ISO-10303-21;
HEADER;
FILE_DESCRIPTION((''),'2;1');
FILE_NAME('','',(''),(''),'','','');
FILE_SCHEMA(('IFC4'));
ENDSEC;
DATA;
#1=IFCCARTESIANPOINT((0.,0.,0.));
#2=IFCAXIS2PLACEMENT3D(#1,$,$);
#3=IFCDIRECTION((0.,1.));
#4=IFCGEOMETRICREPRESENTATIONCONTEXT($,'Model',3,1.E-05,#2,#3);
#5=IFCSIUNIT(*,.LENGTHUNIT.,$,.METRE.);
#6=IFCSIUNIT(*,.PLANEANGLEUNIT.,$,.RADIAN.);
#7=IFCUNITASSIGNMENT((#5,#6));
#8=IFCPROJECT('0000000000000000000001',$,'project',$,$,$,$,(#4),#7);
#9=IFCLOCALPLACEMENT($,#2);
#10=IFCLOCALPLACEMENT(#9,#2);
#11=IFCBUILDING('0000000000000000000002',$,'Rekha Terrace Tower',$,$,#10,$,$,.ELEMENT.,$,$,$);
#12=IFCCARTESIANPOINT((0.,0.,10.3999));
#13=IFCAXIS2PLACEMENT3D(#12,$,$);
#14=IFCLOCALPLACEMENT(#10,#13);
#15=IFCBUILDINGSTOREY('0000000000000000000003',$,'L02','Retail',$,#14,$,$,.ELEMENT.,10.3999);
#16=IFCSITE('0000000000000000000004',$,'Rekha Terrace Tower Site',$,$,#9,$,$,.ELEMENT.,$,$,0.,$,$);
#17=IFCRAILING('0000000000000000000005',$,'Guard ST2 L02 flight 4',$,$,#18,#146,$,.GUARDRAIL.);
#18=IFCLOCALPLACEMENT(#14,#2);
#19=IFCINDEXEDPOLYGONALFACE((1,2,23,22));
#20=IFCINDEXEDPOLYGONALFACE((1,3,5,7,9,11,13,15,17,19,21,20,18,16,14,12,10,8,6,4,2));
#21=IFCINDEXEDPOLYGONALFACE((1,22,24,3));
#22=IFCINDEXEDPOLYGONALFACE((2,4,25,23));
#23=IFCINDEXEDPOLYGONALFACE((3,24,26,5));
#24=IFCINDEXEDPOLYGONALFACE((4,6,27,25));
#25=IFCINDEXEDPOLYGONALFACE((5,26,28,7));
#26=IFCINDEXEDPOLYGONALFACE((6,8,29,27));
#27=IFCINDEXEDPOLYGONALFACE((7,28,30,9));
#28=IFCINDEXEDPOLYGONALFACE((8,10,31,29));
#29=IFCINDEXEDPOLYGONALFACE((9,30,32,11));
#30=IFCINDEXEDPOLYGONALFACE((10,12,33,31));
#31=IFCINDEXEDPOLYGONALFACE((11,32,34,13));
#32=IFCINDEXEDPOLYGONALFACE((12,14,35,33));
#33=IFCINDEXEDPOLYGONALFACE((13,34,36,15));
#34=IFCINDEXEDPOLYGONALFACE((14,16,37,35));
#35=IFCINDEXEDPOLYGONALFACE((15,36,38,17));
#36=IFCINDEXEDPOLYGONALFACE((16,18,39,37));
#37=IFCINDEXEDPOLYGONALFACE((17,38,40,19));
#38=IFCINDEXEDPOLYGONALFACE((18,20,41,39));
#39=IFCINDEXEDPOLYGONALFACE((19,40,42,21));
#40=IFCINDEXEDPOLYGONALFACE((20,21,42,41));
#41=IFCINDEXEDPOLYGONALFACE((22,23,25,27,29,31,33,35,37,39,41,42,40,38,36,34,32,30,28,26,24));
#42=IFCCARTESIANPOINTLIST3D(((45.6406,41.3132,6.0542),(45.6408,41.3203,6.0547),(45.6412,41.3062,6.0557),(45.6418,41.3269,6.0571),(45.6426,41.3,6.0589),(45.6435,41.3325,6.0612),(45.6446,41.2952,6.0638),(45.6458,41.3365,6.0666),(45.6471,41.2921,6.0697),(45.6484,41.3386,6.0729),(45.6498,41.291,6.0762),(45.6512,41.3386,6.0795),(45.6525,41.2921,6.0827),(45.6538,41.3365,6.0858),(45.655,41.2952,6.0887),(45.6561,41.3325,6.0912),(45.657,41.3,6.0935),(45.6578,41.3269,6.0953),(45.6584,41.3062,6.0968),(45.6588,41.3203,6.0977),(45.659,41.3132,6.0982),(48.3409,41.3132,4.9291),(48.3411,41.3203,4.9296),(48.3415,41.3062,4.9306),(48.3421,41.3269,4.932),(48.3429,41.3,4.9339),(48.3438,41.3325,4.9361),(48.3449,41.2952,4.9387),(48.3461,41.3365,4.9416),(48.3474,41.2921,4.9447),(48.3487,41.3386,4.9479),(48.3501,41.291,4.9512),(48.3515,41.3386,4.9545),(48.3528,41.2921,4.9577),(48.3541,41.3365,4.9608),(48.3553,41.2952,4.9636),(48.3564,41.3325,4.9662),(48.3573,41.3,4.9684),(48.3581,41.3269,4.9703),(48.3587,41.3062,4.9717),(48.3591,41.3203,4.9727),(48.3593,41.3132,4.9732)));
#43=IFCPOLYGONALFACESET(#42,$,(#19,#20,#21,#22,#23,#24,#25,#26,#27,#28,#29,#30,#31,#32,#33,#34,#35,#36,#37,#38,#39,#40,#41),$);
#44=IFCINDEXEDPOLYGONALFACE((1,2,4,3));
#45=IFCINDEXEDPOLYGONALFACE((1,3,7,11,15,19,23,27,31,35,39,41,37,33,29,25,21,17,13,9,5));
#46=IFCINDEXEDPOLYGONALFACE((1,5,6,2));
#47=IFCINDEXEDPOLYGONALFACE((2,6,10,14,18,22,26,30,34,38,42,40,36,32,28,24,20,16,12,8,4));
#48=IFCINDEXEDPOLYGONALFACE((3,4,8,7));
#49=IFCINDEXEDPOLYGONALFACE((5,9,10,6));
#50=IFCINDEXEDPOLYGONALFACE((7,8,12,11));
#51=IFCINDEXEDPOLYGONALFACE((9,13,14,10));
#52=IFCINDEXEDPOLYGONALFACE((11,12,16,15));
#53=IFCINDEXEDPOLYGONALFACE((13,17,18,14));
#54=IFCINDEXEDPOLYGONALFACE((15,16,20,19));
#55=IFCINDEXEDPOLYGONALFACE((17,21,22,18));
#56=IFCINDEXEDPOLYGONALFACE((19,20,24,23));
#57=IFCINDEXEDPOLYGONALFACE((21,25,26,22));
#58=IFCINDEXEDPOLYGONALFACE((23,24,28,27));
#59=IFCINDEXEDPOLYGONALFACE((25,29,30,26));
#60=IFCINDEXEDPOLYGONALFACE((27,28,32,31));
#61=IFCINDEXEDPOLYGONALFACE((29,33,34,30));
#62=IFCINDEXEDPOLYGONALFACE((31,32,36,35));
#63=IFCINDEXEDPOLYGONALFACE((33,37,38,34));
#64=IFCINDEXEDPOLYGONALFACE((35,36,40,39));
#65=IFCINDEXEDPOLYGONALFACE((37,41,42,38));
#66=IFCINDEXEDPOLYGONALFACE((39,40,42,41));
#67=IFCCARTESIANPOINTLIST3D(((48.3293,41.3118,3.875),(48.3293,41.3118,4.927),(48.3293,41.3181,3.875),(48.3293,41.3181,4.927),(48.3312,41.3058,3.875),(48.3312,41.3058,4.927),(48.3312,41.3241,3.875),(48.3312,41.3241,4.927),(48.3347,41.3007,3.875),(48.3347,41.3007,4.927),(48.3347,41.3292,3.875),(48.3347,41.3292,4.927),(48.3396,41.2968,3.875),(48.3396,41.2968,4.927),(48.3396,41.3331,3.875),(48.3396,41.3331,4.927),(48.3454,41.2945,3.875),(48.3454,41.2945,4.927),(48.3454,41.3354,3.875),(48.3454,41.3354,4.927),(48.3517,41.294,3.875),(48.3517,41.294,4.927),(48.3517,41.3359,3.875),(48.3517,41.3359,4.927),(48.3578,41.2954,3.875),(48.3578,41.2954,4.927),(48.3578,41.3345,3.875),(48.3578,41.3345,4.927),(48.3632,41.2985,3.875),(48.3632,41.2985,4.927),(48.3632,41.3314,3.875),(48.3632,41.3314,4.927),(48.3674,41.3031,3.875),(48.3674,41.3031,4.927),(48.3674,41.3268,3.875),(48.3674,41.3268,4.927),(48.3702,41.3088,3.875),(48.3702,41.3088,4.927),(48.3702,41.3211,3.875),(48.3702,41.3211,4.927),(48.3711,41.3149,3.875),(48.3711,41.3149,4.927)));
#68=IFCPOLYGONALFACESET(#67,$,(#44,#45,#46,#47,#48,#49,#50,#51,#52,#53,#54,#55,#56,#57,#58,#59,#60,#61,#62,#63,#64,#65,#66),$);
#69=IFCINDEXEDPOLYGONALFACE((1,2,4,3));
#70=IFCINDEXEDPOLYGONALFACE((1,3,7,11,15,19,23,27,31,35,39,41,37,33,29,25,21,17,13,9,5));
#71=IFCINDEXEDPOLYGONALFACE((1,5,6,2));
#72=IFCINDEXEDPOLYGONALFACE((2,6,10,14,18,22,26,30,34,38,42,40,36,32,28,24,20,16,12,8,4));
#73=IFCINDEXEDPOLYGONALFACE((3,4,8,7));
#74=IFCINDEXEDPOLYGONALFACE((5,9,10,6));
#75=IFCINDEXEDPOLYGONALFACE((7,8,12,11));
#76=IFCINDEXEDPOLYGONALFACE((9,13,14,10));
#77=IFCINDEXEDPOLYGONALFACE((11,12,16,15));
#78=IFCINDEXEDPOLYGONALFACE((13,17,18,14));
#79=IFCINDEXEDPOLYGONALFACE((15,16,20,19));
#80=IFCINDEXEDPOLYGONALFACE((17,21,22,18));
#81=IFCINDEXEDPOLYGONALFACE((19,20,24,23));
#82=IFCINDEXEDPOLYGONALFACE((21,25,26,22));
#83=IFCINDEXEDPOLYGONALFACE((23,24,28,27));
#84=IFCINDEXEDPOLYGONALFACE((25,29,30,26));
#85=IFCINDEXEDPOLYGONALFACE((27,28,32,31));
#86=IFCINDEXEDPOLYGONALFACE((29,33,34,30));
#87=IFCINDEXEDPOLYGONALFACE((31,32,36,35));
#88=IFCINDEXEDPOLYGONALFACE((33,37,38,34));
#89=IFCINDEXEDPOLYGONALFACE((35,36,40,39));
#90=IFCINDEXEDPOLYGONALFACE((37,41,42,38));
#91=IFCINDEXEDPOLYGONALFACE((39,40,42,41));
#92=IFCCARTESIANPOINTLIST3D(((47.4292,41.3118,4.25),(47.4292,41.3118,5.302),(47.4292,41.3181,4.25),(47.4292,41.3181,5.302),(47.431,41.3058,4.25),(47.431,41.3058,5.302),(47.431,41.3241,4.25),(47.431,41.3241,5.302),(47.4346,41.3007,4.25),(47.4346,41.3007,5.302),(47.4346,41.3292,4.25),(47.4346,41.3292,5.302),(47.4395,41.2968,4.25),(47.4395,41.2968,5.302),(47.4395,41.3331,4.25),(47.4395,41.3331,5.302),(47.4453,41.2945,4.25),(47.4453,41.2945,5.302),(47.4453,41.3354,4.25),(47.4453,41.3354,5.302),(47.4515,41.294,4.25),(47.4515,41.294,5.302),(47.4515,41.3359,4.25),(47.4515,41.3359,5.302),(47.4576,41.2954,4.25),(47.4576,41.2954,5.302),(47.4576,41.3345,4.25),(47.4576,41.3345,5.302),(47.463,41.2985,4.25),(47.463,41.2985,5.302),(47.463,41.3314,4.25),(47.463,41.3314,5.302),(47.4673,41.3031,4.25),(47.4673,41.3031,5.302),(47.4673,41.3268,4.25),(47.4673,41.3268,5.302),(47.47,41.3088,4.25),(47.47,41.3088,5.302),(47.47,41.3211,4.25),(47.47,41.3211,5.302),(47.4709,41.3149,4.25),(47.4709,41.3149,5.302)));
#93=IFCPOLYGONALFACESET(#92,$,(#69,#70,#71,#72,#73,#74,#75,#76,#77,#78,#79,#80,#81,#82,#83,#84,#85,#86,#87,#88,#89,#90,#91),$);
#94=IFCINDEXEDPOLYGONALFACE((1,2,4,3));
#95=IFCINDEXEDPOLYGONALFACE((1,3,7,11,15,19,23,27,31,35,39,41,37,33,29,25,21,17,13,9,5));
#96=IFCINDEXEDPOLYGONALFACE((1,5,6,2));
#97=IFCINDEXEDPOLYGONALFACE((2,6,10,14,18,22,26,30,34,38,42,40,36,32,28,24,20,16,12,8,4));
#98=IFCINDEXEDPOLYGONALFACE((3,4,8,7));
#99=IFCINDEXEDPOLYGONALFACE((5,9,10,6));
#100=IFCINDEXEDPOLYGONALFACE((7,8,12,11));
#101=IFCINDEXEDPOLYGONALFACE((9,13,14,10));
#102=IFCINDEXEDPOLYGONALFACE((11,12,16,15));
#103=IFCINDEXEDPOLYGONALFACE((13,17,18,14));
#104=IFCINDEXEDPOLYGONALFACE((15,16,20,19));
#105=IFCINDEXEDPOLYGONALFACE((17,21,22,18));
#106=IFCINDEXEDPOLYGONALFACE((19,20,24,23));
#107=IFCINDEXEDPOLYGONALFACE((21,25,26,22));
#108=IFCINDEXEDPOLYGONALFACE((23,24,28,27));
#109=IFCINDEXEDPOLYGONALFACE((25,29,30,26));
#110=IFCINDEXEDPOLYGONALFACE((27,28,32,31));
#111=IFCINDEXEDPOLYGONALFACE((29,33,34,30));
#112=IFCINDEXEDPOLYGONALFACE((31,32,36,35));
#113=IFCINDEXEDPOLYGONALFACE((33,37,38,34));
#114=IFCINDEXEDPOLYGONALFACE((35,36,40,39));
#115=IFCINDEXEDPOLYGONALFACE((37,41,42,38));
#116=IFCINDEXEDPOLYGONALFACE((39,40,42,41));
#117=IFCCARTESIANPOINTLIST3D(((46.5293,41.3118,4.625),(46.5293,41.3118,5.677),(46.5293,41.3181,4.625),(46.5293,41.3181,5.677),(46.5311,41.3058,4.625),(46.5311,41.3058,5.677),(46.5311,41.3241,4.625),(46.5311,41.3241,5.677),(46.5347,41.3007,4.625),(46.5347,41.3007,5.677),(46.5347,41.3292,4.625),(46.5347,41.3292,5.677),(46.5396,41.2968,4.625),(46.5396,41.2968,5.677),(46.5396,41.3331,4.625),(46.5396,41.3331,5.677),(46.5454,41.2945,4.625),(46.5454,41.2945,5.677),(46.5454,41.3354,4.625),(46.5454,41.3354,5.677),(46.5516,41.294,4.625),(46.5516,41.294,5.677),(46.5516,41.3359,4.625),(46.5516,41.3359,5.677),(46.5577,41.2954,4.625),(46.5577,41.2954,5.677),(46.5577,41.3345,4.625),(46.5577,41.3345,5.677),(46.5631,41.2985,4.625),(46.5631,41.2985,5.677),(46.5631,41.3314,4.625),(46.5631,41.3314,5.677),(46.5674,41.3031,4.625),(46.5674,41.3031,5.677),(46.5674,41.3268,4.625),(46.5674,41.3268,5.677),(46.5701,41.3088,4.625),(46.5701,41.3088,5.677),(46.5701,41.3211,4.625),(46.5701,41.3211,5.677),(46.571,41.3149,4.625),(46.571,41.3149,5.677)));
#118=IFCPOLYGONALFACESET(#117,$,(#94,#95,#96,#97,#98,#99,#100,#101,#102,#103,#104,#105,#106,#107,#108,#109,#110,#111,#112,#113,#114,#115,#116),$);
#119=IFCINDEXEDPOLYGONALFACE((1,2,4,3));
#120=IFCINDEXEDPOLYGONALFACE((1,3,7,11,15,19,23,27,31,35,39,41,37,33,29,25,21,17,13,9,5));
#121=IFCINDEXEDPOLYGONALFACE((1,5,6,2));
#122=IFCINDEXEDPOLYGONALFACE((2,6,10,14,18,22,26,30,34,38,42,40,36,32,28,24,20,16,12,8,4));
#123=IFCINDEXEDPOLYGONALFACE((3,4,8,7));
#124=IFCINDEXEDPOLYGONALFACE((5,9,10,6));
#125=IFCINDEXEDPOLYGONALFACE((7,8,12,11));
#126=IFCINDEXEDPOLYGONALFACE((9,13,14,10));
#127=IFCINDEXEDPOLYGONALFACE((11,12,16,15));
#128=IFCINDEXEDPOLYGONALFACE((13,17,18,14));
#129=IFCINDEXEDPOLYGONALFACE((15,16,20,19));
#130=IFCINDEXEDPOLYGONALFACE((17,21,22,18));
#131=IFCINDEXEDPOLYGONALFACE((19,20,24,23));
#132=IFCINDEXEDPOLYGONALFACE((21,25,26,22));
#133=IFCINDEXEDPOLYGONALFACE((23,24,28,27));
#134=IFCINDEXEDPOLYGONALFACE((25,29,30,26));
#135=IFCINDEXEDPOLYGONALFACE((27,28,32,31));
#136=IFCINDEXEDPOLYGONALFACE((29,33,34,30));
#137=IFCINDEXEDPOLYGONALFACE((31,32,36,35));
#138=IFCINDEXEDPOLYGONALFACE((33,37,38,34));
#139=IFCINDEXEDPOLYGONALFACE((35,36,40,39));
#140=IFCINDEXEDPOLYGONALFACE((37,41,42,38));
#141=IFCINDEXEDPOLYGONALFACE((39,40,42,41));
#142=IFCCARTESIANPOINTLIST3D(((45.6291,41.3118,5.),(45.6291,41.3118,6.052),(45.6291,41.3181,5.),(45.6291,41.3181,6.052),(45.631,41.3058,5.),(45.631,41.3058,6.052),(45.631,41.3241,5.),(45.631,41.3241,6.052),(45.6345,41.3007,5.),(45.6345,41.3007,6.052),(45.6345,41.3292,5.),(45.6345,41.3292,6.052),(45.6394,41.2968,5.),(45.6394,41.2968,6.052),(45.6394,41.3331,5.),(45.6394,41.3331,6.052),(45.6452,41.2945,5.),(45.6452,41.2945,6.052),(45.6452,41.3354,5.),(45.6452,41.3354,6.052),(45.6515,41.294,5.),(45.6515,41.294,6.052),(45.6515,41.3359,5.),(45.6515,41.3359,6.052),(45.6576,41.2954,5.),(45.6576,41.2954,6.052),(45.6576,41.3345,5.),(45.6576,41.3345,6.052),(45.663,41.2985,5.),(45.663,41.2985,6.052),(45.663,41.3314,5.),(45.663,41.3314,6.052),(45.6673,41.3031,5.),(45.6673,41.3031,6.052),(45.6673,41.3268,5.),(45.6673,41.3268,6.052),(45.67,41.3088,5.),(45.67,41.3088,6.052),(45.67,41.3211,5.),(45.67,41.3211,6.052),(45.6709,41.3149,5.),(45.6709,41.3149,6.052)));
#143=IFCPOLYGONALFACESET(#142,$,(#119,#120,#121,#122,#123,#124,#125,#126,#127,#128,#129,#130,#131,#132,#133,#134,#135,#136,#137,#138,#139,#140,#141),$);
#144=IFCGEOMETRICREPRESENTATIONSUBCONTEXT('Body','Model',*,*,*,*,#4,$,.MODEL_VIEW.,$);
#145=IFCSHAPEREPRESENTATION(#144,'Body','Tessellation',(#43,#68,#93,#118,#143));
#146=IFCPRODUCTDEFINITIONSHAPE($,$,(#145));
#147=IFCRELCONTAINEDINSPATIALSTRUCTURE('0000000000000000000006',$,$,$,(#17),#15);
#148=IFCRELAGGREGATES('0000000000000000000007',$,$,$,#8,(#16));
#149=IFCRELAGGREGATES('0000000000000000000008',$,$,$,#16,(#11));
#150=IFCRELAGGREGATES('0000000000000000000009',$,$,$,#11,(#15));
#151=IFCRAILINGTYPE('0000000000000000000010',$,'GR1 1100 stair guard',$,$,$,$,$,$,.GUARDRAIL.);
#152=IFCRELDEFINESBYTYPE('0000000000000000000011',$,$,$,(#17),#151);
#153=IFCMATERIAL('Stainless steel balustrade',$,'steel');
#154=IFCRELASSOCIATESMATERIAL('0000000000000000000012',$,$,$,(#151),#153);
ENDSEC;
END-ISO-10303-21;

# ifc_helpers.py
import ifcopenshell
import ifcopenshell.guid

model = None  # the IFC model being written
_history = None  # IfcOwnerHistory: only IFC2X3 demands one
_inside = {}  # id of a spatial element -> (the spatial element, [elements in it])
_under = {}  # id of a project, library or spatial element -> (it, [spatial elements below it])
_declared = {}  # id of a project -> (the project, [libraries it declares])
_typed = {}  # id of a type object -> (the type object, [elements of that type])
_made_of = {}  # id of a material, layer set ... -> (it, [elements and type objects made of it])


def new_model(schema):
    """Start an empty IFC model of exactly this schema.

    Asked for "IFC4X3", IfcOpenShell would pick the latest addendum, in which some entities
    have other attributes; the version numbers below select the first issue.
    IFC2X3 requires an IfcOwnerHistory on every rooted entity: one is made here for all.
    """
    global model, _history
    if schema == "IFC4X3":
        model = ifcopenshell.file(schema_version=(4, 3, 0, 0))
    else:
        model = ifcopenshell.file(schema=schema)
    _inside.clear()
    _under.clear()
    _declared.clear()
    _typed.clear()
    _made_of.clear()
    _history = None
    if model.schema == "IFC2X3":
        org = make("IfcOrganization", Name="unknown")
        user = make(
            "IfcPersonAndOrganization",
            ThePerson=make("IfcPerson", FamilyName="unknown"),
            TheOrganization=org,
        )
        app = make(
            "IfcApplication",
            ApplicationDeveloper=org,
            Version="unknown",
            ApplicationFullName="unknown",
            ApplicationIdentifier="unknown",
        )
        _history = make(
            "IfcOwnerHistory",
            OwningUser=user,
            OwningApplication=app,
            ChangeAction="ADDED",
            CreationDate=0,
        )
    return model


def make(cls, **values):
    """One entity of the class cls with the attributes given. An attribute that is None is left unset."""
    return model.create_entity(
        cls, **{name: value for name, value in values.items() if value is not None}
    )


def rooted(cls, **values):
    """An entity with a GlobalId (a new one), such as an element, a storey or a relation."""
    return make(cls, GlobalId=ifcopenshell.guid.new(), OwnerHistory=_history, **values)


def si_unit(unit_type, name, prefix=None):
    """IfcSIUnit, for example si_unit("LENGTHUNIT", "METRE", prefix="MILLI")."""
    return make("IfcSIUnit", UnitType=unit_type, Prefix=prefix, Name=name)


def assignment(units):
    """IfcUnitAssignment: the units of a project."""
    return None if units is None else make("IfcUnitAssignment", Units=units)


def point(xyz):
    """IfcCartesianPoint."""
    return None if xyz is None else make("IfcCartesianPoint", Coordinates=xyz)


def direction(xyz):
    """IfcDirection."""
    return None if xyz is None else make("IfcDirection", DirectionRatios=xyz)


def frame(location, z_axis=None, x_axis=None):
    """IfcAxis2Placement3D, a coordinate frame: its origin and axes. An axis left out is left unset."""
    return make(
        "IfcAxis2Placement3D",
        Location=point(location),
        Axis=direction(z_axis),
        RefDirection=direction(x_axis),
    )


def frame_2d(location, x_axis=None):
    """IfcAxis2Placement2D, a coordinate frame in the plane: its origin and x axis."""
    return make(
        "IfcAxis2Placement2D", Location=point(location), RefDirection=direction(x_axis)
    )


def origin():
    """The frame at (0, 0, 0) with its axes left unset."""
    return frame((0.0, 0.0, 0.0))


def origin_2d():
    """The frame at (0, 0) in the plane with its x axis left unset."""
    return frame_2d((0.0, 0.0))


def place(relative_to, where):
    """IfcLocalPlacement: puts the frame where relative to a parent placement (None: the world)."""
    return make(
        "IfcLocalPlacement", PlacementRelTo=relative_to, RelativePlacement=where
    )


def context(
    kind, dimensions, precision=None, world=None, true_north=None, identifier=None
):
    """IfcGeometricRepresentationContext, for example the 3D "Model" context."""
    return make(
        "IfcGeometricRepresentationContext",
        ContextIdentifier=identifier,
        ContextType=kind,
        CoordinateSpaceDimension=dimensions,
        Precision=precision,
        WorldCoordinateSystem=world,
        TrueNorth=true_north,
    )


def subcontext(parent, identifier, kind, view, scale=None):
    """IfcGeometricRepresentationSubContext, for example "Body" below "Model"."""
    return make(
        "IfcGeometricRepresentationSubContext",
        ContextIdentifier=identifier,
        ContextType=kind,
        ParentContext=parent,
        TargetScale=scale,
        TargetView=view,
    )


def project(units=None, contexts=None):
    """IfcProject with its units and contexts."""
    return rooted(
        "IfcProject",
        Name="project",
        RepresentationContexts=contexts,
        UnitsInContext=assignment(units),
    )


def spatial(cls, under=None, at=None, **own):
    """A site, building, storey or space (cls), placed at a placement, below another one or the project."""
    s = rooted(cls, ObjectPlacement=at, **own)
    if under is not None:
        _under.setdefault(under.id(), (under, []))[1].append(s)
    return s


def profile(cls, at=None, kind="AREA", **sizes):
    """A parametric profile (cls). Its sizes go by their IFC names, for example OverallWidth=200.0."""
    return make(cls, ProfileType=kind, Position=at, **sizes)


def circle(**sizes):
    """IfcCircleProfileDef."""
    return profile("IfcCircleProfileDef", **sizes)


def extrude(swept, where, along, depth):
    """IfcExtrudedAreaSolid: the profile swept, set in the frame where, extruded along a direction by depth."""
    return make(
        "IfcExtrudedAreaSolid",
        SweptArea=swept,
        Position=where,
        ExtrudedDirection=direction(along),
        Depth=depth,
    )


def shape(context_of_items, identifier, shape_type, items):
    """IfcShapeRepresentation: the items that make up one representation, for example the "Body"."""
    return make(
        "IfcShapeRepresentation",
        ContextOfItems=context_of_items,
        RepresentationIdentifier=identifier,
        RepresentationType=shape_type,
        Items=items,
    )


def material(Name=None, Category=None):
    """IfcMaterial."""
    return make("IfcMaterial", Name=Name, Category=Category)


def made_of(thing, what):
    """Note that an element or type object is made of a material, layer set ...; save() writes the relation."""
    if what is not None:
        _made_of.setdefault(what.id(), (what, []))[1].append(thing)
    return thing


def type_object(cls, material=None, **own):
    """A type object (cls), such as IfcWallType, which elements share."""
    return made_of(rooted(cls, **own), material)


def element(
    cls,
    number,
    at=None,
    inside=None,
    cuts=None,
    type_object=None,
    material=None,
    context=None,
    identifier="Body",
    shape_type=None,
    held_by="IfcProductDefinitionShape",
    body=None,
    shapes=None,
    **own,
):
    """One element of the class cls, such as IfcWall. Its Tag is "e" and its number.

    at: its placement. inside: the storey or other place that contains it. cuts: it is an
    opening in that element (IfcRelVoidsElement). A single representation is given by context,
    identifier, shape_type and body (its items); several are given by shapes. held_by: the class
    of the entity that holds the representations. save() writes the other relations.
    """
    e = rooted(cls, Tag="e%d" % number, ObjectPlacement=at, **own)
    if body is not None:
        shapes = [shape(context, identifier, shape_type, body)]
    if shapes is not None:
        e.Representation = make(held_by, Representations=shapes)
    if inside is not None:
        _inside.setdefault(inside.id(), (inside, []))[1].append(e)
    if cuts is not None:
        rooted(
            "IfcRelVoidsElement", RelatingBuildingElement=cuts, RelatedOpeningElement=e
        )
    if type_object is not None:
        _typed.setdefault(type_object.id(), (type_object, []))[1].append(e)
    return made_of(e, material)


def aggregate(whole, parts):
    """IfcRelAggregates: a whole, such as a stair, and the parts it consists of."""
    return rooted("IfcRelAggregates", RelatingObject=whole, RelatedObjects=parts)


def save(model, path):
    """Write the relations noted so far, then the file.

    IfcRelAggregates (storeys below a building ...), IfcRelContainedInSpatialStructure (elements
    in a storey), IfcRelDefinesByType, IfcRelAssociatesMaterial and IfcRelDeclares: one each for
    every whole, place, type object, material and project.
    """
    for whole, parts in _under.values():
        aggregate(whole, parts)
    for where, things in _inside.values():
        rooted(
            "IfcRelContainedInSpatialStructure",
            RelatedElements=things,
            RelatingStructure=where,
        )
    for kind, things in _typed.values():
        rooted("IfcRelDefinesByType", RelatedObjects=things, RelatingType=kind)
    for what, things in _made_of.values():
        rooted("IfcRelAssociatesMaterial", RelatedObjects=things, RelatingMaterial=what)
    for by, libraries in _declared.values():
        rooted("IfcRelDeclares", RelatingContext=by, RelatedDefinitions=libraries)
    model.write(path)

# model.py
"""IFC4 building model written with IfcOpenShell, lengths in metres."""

from ifc_helpers import new_model, si_unit, direction, frame, origin, origin_2d, place, context, subcontext, project, spatial, circle, extrude, material, type_object, element, save


model = new_model("IFC4")

# Units and contexts
model_context = context("Model", 3, precision=1e-05, world=origin(), true_north=direction((0.0, 1.0)))
body_context = subcontext(model_context, "Body", "Model", "MODEL_VIEW")
ifc_project = project(units=[si_unit("LENGTHUNIT", "METRE"), si_unit("PLANEANGLEUNIT", "RADIAN")], contexts=[model_context])

# Site, building, storey
site_placement = place(None, origin())
site = spatial("IfcSite", under=ifc_project, at=site_placement, Name="Rekha Terrace Tower Site", CompositionType="ELEMENT", RefElevation=0.0)
building_placement = place(site_placement, origin())
building = spatial("IfcBuilding", under=site, at=building_placement, Name="Rekha Terrace Tower", CompositionType="ELEMENT")
storey_placement = place(building_placement, frame((0.0, 0.0, 10.3999)))
storey = spatial("IfcBuildingStorey", under=building, at=storey_placement, Name="L02", Description="Retail", CompositionType="ELEMENT", Elevation=10.3999)

# Railing
ifc_material_1 = material(Name="Stainless steel balustrade", Category="steel")
railing_type_1 = type_object("IfcRailingType", Name="GR1 1100 stair guard", PredefinedType="GUARDRAIL", material=ifc_material_1)
railing_1_placement = place(storey_placement, frame((48.3501, 41.3149, 3.875)))
element("IfcRailing", 1, at=railing_1_placement, inside=storey, type_object=railing_type_1, Name="Guard ST2 L02 flight 4", PredefinedType="GUARDRAIL", context=body_context, shape_type="SweptSolid", body=[
    extrude(circle(Radius=0.0239, at=origin_2d()), frame((0.0, 0.0, 1.0762), z_axis=(-0.923087, 0.0, 0.384592), x_axis=(0.0, -1.0, 0.0)), (0.0, 0.0, 1.0), 2.9253),
    extrude(circle(Radius=0.021, at=origin_2d()), origin(), (0.0, 0.0, 1.0), 1.052),
    extrude(circle(Radius=0.021, at=origin_2d()), frame((-0.9001, 0.0, 0.375)), (0.0, 0.0, 1.0), 1.052),
    extrude(circle(Radius=0.021, at=origin_2d()), frame((-1.8, 0.0, 0.75)), (0.0, 0.0, 1.0), 1.052),
    extrude(circle(Radius=0.021, at=origin_2d()), frame((-2.7002, 0.0, 1.125)), (0.0, 0.0, 1.0), 1.052),
])

save(model, "model.ifc")
